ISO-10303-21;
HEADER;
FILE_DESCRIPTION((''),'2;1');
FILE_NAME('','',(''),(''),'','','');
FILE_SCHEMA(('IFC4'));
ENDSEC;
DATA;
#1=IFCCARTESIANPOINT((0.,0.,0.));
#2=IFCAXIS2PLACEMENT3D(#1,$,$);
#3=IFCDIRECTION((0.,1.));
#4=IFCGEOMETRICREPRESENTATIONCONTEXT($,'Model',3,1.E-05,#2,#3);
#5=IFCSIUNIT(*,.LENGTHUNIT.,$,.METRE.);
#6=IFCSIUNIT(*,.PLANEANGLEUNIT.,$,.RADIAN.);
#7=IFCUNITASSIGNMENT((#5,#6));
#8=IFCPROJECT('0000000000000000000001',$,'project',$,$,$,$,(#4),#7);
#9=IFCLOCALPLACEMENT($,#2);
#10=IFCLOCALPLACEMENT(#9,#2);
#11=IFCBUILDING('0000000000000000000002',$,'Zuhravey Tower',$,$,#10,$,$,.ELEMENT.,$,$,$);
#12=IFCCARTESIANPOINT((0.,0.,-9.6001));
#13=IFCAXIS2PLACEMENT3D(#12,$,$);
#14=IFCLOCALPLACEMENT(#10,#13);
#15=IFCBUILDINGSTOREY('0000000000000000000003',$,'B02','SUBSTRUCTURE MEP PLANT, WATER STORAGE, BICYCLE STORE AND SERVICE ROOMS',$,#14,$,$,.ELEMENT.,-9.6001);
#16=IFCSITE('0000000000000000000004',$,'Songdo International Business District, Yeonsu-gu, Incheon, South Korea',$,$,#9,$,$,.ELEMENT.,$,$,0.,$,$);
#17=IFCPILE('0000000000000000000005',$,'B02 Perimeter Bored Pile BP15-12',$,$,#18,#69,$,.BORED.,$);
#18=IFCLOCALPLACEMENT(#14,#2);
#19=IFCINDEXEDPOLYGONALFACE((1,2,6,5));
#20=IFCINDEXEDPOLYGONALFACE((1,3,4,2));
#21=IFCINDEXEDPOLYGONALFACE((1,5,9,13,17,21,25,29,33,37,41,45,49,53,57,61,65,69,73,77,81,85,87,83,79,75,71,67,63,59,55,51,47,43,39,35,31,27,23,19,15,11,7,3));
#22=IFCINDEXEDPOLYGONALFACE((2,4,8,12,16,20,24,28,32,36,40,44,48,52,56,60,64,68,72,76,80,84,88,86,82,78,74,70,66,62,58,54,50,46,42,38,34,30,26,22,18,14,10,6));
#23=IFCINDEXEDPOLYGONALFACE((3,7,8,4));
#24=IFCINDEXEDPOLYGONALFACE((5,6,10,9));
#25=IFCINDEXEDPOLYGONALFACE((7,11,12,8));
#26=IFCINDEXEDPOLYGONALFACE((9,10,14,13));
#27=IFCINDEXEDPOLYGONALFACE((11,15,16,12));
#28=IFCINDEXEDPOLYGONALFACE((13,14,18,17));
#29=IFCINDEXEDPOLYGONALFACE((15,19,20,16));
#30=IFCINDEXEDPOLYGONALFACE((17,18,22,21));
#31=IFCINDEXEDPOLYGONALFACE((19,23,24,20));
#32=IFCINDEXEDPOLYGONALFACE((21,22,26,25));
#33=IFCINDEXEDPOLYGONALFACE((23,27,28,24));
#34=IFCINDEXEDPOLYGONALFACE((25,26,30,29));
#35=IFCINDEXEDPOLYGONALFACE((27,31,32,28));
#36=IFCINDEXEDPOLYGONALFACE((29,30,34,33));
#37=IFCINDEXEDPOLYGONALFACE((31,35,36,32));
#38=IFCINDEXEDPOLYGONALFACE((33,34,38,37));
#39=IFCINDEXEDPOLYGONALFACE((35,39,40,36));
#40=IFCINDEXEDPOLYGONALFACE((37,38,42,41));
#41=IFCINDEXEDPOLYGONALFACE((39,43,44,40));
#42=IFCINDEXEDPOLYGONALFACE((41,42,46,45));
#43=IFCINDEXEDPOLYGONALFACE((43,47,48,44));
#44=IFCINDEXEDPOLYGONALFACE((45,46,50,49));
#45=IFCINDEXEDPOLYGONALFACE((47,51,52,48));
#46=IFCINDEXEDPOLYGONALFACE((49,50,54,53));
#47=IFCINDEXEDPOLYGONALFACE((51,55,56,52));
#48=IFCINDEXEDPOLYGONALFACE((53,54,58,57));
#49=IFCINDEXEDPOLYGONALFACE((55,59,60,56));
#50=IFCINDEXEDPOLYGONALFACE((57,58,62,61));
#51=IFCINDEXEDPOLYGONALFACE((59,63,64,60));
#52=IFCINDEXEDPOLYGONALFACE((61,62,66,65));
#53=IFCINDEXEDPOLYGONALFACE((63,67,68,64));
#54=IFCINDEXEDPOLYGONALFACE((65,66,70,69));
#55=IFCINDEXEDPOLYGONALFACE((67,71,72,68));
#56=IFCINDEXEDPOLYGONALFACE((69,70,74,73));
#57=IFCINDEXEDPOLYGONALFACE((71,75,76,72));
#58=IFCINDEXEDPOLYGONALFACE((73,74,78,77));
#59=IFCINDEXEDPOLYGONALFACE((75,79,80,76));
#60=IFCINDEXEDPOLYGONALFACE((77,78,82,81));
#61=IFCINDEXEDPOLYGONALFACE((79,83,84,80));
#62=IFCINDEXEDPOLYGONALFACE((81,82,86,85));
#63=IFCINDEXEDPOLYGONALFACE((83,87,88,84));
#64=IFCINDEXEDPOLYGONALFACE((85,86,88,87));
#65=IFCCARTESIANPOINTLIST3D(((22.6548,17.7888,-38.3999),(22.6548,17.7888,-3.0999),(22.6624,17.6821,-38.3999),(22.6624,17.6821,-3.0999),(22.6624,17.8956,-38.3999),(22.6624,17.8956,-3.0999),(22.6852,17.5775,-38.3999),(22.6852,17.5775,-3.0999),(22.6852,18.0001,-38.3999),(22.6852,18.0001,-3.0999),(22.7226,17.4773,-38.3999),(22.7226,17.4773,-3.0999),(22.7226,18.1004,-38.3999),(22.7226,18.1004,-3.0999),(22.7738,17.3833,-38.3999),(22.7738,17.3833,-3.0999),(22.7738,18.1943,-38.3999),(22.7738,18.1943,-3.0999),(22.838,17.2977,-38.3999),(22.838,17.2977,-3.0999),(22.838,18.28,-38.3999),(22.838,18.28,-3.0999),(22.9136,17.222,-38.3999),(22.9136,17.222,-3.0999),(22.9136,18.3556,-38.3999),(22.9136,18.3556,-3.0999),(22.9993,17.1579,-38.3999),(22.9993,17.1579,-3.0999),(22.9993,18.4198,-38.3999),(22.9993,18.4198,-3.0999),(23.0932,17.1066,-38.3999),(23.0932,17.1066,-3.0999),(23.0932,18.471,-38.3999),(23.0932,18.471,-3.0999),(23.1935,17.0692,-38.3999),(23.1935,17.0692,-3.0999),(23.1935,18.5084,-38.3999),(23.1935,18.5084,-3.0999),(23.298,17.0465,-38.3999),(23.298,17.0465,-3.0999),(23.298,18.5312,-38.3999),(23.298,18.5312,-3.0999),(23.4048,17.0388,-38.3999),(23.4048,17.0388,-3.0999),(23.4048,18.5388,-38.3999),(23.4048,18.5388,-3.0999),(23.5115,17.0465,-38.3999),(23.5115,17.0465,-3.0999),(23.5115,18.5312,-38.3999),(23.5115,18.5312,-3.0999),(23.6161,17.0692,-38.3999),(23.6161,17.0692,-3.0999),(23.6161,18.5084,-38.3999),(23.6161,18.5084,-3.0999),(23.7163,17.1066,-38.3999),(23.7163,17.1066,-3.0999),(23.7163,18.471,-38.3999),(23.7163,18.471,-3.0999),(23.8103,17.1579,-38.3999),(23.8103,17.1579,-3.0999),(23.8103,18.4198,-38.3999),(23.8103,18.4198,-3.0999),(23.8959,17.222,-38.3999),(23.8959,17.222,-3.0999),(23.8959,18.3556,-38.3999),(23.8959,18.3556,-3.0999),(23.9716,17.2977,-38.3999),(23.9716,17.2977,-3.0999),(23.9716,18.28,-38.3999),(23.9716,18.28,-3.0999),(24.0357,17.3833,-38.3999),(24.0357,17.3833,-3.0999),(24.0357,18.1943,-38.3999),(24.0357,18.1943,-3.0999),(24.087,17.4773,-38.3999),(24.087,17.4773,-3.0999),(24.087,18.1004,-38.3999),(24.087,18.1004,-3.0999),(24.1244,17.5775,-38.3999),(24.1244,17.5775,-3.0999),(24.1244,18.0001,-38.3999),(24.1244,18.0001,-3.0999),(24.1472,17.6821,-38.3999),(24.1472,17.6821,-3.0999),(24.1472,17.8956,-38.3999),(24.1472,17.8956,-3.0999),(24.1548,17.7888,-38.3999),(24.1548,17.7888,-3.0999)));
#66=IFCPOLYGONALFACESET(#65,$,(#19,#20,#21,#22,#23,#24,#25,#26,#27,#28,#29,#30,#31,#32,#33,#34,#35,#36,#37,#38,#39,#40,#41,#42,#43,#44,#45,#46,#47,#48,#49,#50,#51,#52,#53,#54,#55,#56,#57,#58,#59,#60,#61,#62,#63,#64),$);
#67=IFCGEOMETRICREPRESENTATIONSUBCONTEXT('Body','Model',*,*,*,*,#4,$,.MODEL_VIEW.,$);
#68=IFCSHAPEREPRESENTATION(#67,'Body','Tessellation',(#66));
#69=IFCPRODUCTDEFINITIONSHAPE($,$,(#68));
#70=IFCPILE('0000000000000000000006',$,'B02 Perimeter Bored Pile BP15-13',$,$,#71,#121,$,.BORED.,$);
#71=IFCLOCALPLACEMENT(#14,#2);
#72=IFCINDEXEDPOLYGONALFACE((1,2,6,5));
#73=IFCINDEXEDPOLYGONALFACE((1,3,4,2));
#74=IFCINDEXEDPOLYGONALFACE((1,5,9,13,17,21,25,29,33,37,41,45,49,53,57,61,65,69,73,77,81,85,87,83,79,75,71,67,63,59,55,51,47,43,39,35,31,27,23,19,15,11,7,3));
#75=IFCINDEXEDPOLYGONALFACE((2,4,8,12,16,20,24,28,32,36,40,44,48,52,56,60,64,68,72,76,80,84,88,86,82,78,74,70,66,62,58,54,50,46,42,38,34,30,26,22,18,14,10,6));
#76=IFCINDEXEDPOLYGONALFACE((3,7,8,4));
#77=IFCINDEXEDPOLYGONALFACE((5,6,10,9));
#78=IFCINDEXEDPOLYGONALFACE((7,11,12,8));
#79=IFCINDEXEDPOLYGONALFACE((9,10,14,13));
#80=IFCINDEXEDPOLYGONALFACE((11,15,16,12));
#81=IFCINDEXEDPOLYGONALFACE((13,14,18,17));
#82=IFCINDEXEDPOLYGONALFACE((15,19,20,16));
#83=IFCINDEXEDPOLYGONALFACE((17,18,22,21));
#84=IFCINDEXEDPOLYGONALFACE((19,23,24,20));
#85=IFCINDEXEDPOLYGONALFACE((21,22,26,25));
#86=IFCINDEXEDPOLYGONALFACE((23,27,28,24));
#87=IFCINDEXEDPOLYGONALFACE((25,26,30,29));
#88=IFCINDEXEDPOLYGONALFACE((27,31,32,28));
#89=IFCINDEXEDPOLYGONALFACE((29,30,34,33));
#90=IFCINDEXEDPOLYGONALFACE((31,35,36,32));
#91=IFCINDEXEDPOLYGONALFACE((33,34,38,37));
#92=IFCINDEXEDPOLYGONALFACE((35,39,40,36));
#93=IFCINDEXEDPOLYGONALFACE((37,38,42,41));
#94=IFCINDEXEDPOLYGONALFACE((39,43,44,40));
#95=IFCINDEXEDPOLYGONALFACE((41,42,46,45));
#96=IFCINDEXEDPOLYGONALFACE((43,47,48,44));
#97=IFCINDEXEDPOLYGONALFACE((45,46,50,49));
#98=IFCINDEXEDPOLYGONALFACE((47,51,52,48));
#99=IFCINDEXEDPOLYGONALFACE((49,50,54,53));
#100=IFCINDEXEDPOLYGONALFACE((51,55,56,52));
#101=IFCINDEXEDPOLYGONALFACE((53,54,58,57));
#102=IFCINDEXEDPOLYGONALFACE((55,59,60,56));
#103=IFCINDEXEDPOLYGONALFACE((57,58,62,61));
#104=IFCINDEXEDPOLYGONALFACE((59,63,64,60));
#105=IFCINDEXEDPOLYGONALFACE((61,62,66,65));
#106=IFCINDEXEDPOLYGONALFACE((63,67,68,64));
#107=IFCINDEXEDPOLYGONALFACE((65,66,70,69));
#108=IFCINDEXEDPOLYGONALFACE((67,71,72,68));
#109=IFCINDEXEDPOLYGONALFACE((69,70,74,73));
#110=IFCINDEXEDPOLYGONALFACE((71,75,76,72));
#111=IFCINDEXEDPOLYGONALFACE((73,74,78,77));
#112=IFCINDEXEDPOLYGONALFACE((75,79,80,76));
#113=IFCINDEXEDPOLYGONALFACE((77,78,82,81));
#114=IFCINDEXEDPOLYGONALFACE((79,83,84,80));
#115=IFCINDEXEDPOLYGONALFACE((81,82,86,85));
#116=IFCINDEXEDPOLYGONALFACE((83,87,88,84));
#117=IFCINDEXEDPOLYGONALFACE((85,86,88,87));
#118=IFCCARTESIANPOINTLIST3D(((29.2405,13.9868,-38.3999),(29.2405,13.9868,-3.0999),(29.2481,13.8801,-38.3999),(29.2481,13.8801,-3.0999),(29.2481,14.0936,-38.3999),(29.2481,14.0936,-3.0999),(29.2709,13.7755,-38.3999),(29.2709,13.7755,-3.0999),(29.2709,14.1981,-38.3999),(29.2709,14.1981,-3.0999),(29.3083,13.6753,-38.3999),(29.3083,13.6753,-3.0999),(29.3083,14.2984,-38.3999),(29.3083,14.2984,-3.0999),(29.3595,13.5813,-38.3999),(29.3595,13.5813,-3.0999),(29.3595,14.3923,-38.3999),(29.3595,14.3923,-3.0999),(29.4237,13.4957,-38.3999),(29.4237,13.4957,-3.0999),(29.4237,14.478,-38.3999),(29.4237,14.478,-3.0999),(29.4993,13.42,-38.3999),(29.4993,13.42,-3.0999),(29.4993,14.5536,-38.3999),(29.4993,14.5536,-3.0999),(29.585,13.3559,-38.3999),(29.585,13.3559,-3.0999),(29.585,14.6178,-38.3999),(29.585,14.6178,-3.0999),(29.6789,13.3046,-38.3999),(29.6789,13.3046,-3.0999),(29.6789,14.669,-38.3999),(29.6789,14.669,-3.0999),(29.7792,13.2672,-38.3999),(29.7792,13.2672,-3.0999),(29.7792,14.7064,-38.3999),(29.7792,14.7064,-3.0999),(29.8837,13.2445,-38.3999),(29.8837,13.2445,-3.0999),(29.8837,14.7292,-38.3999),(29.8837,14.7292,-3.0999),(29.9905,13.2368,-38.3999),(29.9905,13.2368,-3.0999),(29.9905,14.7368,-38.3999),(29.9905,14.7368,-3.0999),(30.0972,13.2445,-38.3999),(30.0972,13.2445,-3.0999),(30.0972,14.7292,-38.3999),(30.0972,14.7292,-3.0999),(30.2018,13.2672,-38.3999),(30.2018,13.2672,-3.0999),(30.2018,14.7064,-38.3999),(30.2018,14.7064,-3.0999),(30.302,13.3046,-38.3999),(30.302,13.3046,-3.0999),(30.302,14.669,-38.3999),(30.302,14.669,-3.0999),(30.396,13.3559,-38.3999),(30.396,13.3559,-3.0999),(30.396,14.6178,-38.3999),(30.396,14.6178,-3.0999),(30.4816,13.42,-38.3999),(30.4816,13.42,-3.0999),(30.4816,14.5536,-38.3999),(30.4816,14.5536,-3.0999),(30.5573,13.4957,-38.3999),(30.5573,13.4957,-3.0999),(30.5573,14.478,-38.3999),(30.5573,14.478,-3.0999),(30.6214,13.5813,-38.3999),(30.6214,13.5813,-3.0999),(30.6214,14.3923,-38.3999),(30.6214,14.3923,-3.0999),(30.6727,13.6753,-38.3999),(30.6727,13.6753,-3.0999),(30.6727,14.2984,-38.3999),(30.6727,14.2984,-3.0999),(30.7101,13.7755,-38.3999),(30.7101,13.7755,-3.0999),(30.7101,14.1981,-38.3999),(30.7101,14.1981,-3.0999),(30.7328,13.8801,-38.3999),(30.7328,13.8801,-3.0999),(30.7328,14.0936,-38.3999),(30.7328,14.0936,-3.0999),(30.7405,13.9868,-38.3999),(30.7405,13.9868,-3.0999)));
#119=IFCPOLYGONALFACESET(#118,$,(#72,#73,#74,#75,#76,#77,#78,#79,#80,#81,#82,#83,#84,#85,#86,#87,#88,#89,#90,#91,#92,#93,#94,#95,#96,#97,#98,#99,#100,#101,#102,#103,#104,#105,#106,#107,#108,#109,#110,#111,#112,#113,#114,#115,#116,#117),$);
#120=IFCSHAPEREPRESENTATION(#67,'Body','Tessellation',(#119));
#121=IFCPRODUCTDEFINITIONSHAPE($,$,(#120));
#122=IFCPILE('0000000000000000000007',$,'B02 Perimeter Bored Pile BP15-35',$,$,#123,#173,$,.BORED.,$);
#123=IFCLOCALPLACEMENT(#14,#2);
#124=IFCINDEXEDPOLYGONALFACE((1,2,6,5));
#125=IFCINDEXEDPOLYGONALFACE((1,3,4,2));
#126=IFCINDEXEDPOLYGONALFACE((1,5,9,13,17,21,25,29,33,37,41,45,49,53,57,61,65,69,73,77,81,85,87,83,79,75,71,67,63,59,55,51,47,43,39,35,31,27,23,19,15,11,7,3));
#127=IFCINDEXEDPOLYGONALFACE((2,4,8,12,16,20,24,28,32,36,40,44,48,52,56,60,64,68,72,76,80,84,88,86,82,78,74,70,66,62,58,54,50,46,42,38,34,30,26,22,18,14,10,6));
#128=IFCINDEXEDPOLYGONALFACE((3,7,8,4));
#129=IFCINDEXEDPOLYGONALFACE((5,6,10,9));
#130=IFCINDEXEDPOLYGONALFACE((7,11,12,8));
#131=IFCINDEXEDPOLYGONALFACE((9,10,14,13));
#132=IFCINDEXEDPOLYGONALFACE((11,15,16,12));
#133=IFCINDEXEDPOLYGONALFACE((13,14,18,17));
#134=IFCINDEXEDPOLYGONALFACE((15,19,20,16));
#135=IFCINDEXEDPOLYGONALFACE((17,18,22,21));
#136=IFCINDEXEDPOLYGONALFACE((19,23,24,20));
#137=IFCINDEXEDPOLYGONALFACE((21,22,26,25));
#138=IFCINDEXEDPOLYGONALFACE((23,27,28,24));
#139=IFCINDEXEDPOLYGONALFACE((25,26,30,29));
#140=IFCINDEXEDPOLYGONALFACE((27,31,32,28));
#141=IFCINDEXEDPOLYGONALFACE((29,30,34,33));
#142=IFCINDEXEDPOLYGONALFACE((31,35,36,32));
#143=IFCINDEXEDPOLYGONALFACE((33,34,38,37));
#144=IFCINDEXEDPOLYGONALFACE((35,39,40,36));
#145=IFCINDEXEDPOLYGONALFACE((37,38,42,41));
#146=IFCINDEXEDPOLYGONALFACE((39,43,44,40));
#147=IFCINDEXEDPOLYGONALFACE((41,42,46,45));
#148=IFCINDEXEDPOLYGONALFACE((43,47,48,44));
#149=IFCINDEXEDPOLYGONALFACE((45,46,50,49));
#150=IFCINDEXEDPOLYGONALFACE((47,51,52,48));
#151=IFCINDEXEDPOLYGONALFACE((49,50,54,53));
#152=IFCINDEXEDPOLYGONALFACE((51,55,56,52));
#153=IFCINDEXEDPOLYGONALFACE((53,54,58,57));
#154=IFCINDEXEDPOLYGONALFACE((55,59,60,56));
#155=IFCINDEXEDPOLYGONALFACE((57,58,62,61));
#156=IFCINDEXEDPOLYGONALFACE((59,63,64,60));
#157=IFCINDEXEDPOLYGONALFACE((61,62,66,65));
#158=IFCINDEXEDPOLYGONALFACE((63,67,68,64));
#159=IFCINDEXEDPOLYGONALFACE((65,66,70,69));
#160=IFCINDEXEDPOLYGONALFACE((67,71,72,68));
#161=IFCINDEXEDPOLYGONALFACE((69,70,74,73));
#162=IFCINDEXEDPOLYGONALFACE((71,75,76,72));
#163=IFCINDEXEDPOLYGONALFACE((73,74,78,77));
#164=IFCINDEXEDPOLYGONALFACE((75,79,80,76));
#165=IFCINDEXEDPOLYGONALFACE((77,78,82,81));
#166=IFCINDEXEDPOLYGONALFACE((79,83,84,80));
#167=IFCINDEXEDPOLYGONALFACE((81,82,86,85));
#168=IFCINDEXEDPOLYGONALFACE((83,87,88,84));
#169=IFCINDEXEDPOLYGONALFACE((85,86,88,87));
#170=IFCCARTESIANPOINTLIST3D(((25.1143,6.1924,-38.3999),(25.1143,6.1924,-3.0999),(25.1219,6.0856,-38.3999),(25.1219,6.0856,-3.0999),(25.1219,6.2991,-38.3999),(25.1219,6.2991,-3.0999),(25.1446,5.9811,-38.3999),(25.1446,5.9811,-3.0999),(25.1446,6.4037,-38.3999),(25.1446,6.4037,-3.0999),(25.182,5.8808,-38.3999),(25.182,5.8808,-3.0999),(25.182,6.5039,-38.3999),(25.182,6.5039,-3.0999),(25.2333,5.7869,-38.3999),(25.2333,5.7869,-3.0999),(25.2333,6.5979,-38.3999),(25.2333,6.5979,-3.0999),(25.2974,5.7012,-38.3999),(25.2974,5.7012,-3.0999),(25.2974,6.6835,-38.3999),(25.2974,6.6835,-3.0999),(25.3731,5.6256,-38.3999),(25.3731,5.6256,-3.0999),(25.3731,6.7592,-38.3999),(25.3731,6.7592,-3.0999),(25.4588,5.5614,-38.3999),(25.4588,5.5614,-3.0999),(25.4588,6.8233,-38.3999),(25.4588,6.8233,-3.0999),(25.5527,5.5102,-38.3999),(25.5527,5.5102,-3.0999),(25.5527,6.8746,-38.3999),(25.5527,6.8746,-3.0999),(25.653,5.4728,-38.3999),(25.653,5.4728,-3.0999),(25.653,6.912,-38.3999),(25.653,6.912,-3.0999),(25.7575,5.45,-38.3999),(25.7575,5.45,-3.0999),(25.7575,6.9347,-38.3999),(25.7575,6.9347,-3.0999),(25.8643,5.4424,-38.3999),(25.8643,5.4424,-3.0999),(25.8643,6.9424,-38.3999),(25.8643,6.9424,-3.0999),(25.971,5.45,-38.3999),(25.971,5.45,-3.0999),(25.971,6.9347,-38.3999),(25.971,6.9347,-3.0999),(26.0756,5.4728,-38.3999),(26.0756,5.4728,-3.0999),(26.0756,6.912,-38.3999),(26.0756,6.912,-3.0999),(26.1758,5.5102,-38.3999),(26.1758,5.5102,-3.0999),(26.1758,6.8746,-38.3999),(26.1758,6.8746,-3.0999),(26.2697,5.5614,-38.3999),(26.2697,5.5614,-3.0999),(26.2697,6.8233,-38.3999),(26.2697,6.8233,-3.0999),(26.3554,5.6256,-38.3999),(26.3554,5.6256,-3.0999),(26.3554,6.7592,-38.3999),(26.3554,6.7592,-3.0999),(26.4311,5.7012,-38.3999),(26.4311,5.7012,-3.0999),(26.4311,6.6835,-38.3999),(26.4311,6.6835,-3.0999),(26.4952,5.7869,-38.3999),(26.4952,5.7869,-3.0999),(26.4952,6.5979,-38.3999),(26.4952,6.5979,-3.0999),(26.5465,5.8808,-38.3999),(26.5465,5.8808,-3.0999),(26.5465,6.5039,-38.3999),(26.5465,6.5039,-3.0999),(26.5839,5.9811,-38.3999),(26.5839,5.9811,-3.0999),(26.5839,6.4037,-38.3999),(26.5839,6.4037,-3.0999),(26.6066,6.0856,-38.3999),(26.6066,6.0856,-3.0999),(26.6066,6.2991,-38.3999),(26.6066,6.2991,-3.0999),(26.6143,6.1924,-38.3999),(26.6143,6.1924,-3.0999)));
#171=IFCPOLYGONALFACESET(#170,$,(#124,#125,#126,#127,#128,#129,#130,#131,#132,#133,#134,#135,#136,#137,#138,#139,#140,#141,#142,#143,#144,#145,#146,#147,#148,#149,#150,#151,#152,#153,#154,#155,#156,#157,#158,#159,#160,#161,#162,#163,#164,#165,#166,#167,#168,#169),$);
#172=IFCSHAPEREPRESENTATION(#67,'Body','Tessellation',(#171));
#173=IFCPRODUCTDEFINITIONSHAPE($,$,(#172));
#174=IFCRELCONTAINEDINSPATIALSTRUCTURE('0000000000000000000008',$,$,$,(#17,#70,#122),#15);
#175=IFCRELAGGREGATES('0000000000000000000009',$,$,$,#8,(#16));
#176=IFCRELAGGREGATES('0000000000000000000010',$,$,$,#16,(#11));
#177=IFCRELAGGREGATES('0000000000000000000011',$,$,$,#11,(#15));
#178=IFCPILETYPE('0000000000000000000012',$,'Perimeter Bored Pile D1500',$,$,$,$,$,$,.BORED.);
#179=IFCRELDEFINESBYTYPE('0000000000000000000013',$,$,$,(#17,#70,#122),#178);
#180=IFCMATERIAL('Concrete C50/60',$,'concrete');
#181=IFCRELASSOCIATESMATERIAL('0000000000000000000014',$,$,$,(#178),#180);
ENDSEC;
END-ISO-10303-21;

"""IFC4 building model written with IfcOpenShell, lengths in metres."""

from ifc_helpers import new_model, si_unit, direction, frame, origin, origin_2d, place, context, subcontext, project, spatial, circle, extrude, material, material_profile, profile_set, type_object, element, save


model = new_model("IFC4")

# Units and contexts
model_context = context("Model", 3, precision=1e-05, world=origin(), true_north=direction((0.0, 1.0)))
body_context = subcontext(model_context, "Body", "Model", "MODEL_VIEW")
ifc_project = project(units=[si_unit("LENGTHUNIT", "METRE"), si_unit("PLANEANGLEUNIT", "RADIAN")], contexts=[model_context])

# Site, building, storey
site_placement = place(None, origin())
site = spatial("IfcSite", under=ifc_project, at=site_placement, Name="Songdo International Business District, Yeonsu-gu, Incheon, South Korea", CompositionType="ELEMENT", RefElevation=0.0)
building_placement = place(site_placement, origin())
building = spatial("IfcBuilding", under=site, at=building_placement, Name="Zuhravey Tower", CompositionType="ELEMENT")
storey_placement = place(building_placement, frame((0.0, 0.0, -9.6001)))
storey = spatial("IfcBuildingStorey", under=building, at=storey_placement, Name="B02", Description="SUBSTRUCTURE MEP PLANT, WATER STORAGE, BICYCLE STORE AND SERVICE ROOMS", CompositionType="ELEMENT", Elevation=-9.6001)

# Piles
ifc_material_1 = material(Name="Concrete C50/60", Category="concrete")
ifc_material_profile_1 = material_profile(ifc_material_1, circle(Radius=0.75, at=origin_2d()), Name="PILE-D1500")
ifc_profile_set_1 = profile_set([ifc_material_profile_1], Name="Concrete C50/60")
pile_type = type_object("IfcPileType", Name="Perimeter Bored Pile D1500", PredefinedType="BORED", material=ifc_profile_set_1)
for number, where, z_axis, x_axis, name in (
    (1, (23.4048, 17.7888, -3.0999), (0.0, 0.0, -1.0), (1.0, 0.0, 0.0), "B02 Perimeter Bored Pile BP15-12"),
    (2, (29.9905, 13.9868, -3.0999), (0.0, 0.0, -1.0), (1.0, 0.0, 0.0), "B02 Perimeter Bored Pile BP15-13"),
    (3, (25.8643, 6.1924, -3.0999), (0.0, 0.0, -1.0), (1.0, 0.0, 0.0), "B02 Perimeter Bored Pile BP15-35"),
):
    element("IfcPile", number, at=place(storey_placement, frame(where, z_axis=z_axis, x_axis=x_axis)), inside=storey, type_object=pile_type, Name=name, PredefinedType="BORED", context=body_context, shape_type="SweptSolid", body=[
        extrude(circle(Radius=0.75, at=origin_2d()), origin(), (0.0, 0.0, 1.0), 35.3),
    ])

save(model, "model.ifc")
